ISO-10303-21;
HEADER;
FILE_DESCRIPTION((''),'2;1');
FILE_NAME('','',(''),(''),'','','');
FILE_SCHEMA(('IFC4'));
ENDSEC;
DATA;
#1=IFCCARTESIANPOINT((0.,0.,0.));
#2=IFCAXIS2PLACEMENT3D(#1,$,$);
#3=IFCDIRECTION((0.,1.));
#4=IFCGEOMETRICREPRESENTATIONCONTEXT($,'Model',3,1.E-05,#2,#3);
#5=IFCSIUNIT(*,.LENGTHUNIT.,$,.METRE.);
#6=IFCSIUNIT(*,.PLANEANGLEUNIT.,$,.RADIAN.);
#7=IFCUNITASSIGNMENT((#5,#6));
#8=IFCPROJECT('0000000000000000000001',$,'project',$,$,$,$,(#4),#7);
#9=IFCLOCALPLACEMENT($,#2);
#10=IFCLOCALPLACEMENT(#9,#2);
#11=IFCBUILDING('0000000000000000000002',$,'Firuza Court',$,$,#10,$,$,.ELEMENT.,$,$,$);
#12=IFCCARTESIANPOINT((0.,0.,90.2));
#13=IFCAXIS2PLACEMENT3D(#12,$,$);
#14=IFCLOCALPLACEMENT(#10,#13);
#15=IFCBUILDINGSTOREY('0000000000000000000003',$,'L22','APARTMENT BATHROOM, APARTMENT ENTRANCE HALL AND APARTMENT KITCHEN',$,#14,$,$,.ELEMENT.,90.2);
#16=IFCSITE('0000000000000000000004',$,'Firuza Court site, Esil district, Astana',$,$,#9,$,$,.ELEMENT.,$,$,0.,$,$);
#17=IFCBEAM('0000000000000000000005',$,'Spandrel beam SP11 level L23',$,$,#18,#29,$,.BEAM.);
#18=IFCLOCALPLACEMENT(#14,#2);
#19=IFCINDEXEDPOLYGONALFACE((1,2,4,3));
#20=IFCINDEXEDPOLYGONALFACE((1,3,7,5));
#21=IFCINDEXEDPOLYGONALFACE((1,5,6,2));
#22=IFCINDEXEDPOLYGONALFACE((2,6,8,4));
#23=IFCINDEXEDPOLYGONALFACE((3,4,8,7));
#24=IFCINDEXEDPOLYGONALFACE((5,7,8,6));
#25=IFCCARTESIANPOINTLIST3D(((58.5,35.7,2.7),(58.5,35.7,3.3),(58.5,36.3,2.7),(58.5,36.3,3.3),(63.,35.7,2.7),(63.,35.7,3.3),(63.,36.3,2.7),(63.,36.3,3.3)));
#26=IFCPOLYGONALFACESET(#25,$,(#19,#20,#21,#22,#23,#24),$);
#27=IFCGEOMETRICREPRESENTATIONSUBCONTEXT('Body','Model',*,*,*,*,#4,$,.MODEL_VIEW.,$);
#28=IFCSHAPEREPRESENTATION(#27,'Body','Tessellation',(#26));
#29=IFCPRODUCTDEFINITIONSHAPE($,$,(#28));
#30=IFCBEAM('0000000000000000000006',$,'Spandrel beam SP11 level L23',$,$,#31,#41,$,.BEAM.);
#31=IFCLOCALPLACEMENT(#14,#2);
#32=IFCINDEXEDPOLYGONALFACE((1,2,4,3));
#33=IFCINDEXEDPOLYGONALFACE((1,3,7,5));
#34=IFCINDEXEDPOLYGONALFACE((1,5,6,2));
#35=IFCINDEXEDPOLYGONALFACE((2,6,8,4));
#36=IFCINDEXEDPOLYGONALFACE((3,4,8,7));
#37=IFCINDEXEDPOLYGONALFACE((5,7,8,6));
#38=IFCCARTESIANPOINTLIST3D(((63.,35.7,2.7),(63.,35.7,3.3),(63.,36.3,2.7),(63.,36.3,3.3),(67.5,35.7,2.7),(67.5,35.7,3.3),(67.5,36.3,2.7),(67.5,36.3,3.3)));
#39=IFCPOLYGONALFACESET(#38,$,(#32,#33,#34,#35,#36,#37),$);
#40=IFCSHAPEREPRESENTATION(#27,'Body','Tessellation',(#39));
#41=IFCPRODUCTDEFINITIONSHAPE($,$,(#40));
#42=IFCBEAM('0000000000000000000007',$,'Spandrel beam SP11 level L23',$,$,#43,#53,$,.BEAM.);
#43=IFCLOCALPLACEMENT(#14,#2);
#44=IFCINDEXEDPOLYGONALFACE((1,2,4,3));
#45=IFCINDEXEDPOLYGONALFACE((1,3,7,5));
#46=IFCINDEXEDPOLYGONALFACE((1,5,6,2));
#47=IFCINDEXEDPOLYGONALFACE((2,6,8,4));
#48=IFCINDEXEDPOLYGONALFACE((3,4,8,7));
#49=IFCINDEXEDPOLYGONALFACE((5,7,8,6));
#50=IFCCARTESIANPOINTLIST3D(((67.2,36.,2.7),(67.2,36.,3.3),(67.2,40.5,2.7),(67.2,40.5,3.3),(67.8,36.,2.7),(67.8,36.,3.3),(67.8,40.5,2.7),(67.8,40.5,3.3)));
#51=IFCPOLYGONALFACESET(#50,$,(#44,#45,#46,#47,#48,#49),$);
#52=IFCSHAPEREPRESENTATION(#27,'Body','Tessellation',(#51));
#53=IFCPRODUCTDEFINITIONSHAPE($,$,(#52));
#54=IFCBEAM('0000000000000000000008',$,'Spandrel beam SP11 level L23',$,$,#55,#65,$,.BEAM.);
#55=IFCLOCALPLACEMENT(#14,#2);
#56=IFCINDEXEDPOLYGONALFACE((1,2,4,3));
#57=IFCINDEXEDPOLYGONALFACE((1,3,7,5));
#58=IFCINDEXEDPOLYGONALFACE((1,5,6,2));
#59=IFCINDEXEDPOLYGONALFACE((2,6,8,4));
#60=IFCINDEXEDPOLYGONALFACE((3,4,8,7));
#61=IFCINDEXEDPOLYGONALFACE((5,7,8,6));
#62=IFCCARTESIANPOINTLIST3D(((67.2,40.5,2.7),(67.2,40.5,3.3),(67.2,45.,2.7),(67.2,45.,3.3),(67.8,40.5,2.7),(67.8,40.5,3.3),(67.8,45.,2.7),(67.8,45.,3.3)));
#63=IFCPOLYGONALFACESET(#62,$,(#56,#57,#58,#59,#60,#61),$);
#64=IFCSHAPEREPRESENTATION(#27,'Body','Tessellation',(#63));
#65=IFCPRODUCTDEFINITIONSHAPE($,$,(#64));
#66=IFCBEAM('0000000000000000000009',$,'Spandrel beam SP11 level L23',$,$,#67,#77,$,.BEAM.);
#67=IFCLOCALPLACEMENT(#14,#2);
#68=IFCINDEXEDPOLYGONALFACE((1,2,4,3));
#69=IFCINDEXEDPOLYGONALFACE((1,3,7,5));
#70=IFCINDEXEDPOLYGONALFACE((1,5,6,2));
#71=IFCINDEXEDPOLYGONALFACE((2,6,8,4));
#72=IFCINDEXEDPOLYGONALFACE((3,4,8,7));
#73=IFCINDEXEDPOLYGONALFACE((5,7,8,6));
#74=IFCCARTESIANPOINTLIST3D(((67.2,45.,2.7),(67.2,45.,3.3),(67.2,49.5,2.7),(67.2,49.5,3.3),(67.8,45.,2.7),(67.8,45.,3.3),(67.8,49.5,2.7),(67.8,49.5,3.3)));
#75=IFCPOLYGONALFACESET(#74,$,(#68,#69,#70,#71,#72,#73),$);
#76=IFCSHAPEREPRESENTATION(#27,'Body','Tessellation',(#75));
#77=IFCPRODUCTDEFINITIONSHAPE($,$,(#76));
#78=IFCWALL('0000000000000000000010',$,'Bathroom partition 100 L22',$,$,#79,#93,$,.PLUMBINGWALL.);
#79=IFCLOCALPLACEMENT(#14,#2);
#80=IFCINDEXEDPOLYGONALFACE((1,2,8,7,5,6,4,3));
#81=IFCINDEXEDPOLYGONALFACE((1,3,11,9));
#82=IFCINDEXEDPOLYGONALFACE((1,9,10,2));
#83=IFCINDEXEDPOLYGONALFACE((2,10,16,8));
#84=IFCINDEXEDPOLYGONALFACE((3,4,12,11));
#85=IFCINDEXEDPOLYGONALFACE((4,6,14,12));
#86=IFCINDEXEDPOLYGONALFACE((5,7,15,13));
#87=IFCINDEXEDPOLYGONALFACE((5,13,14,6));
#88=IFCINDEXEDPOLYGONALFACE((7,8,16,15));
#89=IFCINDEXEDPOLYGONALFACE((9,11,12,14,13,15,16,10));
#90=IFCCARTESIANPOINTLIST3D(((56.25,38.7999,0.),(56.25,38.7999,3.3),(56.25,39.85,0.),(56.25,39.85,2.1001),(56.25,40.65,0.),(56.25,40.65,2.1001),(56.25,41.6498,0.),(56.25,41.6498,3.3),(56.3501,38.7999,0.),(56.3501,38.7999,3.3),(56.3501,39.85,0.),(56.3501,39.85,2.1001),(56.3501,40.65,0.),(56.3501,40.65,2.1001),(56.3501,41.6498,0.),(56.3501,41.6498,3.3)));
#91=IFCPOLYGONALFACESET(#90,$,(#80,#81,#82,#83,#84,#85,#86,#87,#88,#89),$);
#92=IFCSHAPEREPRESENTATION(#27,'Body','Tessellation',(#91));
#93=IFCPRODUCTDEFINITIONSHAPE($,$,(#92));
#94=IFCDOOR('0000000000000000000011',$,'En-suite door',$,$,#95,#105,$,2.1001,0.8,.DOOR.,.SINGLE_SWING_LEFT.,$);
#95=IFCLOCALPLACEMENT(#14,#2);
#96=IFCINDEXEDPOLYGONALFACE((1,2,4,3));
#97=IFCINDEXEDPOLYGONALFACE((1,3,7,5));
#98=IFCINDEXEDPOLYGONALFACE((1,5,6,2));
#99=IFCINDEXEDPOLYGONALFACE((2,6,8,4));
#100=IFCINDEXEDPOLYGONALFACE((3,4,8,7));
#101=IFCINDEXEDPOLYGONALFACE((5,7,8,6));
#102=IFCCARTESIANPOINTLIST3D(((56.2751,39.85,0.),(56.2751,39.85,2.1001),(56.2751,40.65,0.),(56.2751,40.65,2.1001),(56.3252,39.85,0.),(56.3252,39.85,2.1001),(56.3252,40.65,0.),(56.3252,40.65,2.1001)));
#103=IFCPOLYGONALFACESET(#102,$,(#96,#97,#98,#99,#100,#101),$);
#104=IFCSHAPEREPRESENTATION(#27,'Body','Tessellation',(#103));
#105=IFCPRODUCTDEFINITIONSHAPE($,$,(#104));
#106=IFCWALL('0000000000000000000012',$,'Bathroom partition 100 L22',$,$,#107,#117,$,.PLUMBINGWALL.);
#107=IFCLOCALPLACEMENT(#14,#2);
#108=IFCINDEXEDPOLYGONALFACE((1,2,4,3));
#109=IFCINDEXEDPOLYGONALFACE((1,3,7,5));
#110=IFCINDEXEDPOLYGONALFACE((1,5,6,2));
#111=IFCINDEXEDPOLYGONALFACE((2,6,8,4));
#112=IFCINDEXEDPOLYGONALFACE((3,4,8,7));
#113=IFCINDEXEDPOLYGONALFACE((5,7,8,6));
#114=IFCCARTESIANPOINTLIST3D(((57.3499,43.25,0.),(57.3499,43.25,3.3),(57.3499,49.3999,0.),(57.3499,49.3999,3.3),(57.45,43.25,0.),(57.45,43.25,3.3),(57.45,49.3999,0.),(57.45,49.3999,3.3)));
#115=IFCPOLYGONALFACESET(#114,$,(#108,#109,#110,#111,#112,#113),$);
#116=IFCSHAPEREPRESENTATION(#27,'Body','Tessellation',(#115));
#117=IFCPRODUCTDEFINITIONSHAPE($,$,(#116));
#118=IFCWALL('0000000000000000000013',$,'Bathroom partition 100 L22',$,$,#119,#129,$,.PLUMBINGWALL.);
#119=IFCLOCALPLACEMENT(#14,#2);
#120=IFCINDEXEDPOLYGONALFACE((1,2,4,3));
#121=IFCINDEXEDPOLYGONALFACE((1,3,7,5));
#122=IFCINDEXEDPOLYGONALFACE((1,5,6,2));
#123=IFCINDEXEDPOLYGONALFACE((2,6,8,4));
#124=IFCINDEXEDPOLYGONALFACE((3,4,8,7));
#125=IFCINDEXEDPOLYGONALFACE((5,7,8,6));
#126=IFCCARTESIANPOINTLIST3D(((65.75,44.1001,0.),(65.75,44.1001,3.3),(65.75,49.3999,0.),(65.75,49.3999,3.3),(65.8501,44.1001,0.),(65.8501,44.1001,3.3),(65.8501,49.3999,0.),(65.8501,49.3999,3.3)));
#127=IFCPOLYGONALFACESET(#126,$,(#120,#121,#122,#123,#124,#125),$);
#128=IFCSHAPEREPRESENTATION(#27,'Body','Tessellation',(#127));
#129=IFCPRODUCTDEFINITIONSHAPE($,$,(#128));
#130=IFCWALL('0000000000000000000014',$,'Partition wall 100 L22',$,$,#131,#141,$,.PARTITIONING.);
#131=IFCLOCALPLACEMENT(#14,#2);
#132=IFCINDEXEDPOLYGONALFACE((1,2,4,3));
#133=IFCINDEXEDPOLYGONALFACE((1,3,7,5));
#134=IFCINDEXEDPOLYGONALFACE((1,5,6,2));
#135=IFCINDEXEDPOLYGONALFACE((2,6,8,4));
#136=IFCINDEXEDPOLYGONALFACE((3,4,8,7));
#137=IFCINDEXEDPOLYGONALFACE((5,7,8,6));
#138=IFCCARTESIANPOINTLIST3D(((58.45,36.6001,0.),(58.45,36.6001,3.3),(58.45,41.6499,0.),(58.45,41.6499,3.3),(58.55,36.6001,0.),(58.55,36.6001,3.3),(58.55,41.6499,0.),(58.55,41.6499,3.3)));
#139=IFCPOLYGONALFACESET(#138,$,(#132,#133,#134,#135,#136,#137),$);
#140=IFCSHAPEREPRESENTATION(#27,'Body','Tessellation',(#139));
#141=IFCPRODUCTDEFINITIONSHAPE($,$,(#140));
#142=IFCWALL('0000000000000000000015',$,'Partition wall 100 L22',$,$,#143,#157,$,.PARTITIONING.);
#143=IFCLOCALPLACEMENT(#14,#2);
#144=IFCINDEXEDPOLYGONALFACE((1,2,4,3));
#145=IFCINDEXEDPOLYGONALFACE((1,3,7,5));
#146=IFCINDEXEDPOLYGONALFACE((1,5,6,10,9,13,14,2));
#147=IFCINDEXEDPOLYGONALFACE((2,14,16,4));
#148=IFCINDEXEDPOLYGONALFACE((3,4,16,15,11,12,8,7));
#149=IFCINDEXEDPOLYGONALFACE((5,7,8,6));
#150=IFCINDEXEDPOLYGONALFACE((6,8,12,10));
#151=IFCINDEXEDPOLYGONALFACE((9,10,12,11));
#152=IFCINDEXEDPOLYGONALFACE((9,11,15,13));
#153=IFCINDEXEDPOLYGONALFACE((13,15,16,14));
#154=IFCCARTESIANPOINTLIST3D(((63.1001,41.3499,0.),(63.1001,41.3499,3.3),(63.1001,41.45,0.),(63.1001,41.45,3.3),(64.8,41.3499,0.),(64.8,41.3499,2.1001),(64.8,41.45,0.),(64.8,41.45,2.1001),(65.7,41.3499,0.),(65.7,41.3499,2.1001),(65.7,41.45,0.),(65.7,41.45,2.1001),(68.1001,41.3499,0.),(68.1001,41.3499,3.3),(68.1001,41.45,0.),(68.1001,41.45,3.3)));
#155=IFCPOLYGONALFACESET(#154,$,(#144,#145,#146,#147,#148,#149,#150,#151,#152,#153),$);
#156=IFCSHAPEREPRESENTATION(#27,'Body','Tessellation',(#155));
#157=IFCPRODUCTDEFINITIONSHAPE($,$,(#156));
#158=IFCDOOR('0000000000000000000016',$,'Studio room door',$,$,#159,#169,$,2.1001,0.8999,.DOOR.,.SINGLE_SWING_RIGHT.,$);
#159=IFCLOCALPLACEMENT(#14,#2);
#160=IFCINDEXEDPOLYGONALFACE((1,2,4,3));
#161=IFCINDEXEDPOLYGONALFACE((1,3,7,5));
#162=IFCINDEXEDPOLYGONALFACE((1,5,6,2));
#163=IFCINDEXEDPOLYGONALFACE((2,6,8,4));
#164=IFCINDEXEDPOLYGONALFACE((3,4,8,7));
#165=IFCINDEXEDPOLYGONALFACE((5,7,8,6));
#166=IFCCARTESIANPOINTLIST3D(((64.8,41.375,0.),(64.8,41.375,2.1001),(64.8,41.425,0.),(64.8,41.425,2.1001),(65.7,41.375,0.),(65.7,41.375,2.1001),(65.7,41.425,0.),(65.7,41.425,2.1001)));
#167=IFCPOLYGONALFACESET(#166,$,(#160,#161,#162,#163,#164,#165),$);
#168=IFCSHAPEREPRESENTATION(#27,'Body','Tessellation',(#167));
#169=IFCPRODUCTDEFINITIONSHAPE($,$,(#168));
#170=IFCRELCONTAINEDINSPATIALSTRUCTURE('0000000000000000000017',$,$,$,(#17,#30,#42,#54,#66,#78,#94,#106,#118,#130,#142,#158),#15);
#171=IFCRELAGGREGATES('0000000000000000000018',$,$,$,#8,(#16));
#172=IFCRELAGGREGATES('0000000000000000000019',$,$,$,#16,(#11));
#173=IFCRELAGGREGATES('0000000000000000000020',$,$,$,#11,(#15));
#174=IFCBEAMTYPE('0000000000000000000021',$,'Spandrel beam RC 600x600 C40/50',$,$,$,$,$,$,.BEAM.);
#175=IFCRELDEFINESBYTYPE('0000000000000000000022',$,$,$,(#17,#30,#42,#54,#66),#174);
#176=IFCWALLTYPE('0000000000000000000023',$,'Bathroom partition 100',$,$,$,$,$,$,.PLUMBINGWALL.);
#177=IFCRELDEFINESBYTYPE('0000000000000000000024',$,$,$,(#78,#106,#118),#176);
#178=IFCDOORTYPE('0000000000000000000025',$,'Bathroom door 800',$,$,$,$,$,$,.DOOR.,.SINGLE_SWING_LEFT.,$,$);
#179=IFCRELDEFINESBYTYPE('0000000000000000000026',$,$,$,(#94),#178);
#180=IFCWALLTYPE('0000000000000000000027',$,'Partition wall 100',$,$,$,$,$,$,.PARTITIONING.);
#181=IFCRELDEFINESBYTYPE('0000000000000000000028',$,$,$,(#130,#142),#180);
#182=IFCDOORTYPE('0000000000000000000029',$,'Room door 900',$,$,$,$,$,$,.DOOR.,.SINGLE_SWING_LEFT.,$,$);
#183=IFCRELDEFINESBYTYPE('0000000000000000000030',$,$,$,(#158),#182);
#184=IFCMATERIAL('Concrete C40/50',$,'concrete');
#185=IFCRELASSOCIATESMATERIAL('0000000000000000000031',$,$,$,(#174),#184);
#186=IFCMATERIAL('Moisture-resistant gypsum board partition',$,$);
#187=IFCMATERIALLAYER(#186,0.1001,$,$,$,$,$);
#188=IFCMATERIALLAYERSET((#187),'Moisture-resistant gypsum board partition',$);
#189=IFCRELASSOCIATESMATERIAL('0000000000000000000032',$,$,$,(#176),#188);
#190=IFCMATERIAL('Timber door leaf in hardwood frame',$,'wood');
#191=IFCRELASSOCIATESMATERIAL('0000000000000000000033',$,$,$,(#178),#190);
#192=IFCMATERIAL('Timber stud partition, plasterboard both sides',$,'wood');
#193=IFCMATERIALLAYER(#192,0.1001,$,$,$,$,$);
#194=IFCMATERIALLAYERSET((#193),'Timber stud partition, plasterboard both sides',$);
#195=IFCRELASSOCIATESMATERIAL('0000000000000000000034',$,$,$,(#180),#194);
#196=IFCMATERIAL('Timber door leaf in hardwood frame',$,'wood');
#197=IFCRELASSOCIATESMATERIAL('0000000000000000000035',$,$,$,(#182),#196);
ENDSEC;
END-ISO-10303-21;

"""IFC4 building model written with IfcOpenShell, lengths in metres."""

from ifc_helpers import new_model, si_unit, direction, frame, frame_2d, origin, origin_2d, place, context, subcontext, project, spatial, rectangle, extrude, material, layer, layer_set, material_profile, profile_set, type_object, element, fill, save


model = new_model("IFC4")

# Units and contexts
model_context = context("Model", 3, precision=1e-05, world=origin(), true_north=direction((0.0, 1.0)))
body_context = subcontext(model_context, "Body", "Model", "MODEL_VIEW")
ifc_project = project(units=[si_unit("LENGTHUNIT", "METRE"), si_unit("PLANEANGLEUNIT", "RADIAN")], contexts=[model_context])

# Site, building, storey
site_placement = place(None, origin())
site = spatial("IfcSite", under=ifc_project, at=site_placement, Name="Firuza Court site, Esil district, Astana", CompositionType="ELEMENT", RefElevation=0.0)
building_placement = place(site_placement, origin())
building = spatial("IfcBuilding", under=site, at=building_placement, Name="Firuza Court", CompositionType="ELEMENT")
storey_placement = place(building_placement, frame((0.0, 0.0, 90.2)))
storey = spatial("IfcBuildingStorey", under=building, at=storey_placement, Name="L22", Description="APARTMENT BATHROOM, APARTMENT ENTRANCE HALL AND APARTMENT KITCHEN", CompositionType="ELEMENT", Elevation=90.2)

# Beams
ifc_material_1 = material(Name="Concrete C40/50", Category="concrete")
ifc_material_profile_1 = material_profile(ifc_material_1, rectangle(XDim=0.6001, YDim=0.6001, at=origin_2d()), Name="RC 600x600")
ifc_profile_set_1 = profile_set([ifc_material_profile_1], Name="Concrete C40/50")
beam_type_1 = type_object("IfcBeamType", Name="Spandrel beam RC 600x600 C40/50", PredefinedType="BEAM", material=ifc_profile_set_1)
for number, where, z_axis, x_axis, name in (
    (1, (58.5, 36.0, 3.0), (1.0, 0.0, 0.0), (0.0, 1.0, 0.0), "Spandrel beam SP11 level L23"),
    (2, (63.0, 36.0, 3.0), (1.0, 0.0, 0.0), (0.0, 1.0, 0.0), "Spandrel beam SP11 level L23"),
    (3, (67.5, 36.0, 3.0), (0.0, 1.0, 0.0), (-1.0, 0.0, 0.0), "Spandrel beam SP11 level L23"),
    (4, (67.5, 40.5, 3.0), (0.0, 1.0, 0.0), (-1.0, 0.0, 0.0), "Spandrel beam SP11 level L23"),
    (5, (67.5, 45.0, 3.0), (0.0, 1.0, 0.0), (-1.0, 0.0, 0.0), "Spandrel beam SP11 level L23"),
):
    element("IfcBeam", number, at=place(storey_placement, frame(where, z_axis=z_axis, x_axis=x_axis)), inside=storey, type_object=beam_type_1, Name=name, PredefinedType="BEAM", context=body_context, shape_type="SweptSolid", body=[
        extrude(rectangle(XDim=0.6001, YDim=0.6001, at=origin_2d()), origin(), (0.0, 0.0, 1.0), 4.5),
    ])

# Wall, opening, door
ifc_material_2 = material(Name="Moisture-resistant gypsum board partition")
ifc_layer_1 = layer(ifc_material_2, 0.1001)
ifc_layer_set_1 = layer_set([ifc_layer_1], Name="Moisture-resistant gypsum board partition")
wall_type_1 = type_object("IfcWallType", Name="Bathroom partition 100", PredefinedType="PLUMBINGWALL", material=ifc_layer_set_1)
wall_1_placement = place(storey_placement, frame((56.3, 38.8, 0.0), z_axis=(0.0, 0.0, 1.0), x_axis=(0.0, 1.0, 0.0)))
wall_1 = element("IfcWall", 6, at=wall_1_placement, inside=storey, type_object=wall_type_1, Name="Bathroom partition 100 L22", PredefinedType="PLUMBINGWALL", context=body_context, shape_type="SweptSolid", body=[
    extrude(rectangle(XDim=2.8499, YDim=0.1001, at=frame_2d((1.4248, 0.0))), origin(), (0.0, 0.0, 1.0), 3.3),
])
opening_1_placement = place(wall_1_placement, frame((1.05, 0.0, 0.0)))
opening_1 = element("IfcOpeningElement", 7, at=opening_1_placement, cuts=wall_1, PredefinedType="OPENING", context=body_context, shape_type="SweptSolid", body=[
    extrude(rectangle(XDim=0.8, YDim=2.1001, at=frame_2d((0.3999, 1.05))), frame((0.0, 0.062, 0.0), z_axis=(0.0, -1.0, 0.0), x_axis=(1.0, 0.0, 0.0)), (0.0, 0.0, 1.0), 0.124),
])
ifc_material_3 = material(Name="Timber door leaf in hardwood frame", Category="wood")
door_type_1 = type_object("IfcDoorType", Name="Bathroom door 800", OperationType="SINGLE_SWING_LEFT", PredefinedType="DOOR", material=ifc_material_3)
door_1_placement = place(opening_1_placement, origin())
door_1 = element("IfcDoor", 8, at=door_1_placement, inside=storey, type_object=door_type_1, Name="En-suite door", OperationType="SINGLE_SWING_LEFT", OverallHeight=2.1001, OverallWidth=0.8, PredefinedType="DOOR", context=body_context, shape_type="SweptSolid", body=[
    extrude(rectangle(XDim=0.8, YDim=2.1001, at=frame_2d((0.3999, 1.05))), frame((0.0, 0.0249, 0.0), z_axis=(0.0, -1.0, 0.0), x_axis=(1.0, 0.0, 0.0)), (0.0, 0.0, 1.0), 0.05),
])
fill(opening_1, door_1)

# Walls
wall_2_placement = place(storey_placement, frame((57.3999, 43.25, 0.0), z_axis=(0.0, 0.0, 1.0), x_axis=(0.0, 1.0, 0.0)))
element("IfcWall", 9, at=wall_2_placement, inside=storey, type_object=wall_type_1, Name="Bathroom partition 100 L22", PredefinedType="PLUMBINGWALL", context=body_context, shape_type="SweptSolid", body=[
    extrude(rectangle(XDim=6.1499, YDim=0.1001, at=frame_2d((3.075, 0.0))), origin(), (0.0, 0.0, 1.0), 3.3),
])
wall_3_placement = place(storey_placement, frame((65.8, 44.1001, 0.0), z_axis=(0.0, 0.0, 1.0), x_axis=(0.0, 1.0, 0.0)))
element("IfcWall", 10, at=wall_3_placement, inside=storey, type_object=wall_type_1, Name="Bathroom partition 100 L22", PredefinedType="PLUMBINGWALL", context=body_context, shape_type="SweptSolid", body=[
    extrude(rectangle(XDim=5.2998, YDim=0.1001, at=frame_2d((2.6499, 0.0))), origin(), (0.0, 0.0, 1.0), 3.3),
])
ifc_material_4 = material(Name="Timber stud partition, plasterboard both sides", Category="wood")
ifc_layer_2 = layer(ifc_material_4, 0.1001)
ifc_layer_set_2 = layer_set([ifc_layer_2], Name="Timber stud partition, plasterboard both sides")
wall_type_2 = type_object("IfcWallType", Name="Partition wall 100", PredefinedType="PARTITIONING", material=ifc_layer_set_2)
wall_4_placement = place(storey_placement, frame((58.5, 36.6001, 0.0), z_axis=(0.0, 0.0, 1.0), x_axis=(0.0, 1.0, 0.0)))
element("IfcWall", 11, at=wall_4_placement, inside=storey, type_object=wall_type_2, Name="Partition wall 100 L22", PredefinedType="PARTITIONING", context=body_context, shape_type="SweptSolid", body=[
    extrude(rectangle(XDim=5.0498, YDim=0.1001, at=frame_2d((2.5249, 0.0))), origin(), (0.0, 0.0, 1.0), 3.3),
])

# Wall, opening, door
wall_5_placement = place(storey_placement, frame((63.1001, 41.3999, 0.0), z_axis=(0.0, 0.0, 1.0), x_axis=(1.0, 0.0, 0.0)))
wall_5 = element("IfcWall", 12, at=wall_5_placement, inside=storey, type_object=wall_type_2, Name="Partition wall 100 L22", PredefinedType="PARTITIONING", context=body_context, shape_type="SweptSolid", body=[
    extrude(rectangle(XDim=5.0, YDim=0.1001, at=frame_2d((2.5, 0.0))), origin(), (0.0, 0.0, 1.0), 3.3),
])
opening_2_placement = place(wall_5_placement, frame((1.7, 0.0, 0.0)))
opening_2 = element("IfcOpeningElement", 13, at=opening_2_placement, cuts=wall_5, PredefinedType="OPENING", context=body_context, shape_type="SweptSolid", body=[
    extrude(rectangle(XDim=0.8999, YDim=2.1001, at=frame_2d((0.45, 1.05))), frame((0.0, 0.062, 0.0), z_axis=(0.0, -1.0, 0.0), x_axis=(1.0, 0.0, 0.0)), (0.0, 0.0, 1.0), 0.124),
])
ifc_material_5 = material(Name="Timber door leaf in hardwood frame", Category="wood")
door_type_2 = type_object("IfcDoorType", Name="Room door 900", OperationType="SINGLE_SWING_LEFT", PredefinedType="DOOR", material=ifc_material_5)
door_2_placement = place(opening_2_placement, frame((0.8999, 0.0, 0.0), z_axis=(0.0, 0.0, 1.0), x_axis=(-1.0, 0.0, 0.0)))
door_2 = element("IfcDoor", 14, at=door_2_placement, inside=storey, type_object=door_type_2, Name="Studio room door", OperationType="SINGLE_SWING_RIGHT", OverallHeight=2.1001, OverallWidth=0.8999, PredefinedType="DOOR", context=body_context, shape_type="SweptSolid", body=[
    extrude(rectangle(XDim=0.8999, YDim=2.1001, at=frame_2d((0.45, 1.05))), frame((0.0, 0.0249, 0.0), z_axis=(0.0, -1.0, 0.0), x_axis=(1.0, 0.0, 0.0)), (0.0, 0.0, 1.0), 0.05),
])
fill(opening_2, door_2)

save(model, "model.ifc")
